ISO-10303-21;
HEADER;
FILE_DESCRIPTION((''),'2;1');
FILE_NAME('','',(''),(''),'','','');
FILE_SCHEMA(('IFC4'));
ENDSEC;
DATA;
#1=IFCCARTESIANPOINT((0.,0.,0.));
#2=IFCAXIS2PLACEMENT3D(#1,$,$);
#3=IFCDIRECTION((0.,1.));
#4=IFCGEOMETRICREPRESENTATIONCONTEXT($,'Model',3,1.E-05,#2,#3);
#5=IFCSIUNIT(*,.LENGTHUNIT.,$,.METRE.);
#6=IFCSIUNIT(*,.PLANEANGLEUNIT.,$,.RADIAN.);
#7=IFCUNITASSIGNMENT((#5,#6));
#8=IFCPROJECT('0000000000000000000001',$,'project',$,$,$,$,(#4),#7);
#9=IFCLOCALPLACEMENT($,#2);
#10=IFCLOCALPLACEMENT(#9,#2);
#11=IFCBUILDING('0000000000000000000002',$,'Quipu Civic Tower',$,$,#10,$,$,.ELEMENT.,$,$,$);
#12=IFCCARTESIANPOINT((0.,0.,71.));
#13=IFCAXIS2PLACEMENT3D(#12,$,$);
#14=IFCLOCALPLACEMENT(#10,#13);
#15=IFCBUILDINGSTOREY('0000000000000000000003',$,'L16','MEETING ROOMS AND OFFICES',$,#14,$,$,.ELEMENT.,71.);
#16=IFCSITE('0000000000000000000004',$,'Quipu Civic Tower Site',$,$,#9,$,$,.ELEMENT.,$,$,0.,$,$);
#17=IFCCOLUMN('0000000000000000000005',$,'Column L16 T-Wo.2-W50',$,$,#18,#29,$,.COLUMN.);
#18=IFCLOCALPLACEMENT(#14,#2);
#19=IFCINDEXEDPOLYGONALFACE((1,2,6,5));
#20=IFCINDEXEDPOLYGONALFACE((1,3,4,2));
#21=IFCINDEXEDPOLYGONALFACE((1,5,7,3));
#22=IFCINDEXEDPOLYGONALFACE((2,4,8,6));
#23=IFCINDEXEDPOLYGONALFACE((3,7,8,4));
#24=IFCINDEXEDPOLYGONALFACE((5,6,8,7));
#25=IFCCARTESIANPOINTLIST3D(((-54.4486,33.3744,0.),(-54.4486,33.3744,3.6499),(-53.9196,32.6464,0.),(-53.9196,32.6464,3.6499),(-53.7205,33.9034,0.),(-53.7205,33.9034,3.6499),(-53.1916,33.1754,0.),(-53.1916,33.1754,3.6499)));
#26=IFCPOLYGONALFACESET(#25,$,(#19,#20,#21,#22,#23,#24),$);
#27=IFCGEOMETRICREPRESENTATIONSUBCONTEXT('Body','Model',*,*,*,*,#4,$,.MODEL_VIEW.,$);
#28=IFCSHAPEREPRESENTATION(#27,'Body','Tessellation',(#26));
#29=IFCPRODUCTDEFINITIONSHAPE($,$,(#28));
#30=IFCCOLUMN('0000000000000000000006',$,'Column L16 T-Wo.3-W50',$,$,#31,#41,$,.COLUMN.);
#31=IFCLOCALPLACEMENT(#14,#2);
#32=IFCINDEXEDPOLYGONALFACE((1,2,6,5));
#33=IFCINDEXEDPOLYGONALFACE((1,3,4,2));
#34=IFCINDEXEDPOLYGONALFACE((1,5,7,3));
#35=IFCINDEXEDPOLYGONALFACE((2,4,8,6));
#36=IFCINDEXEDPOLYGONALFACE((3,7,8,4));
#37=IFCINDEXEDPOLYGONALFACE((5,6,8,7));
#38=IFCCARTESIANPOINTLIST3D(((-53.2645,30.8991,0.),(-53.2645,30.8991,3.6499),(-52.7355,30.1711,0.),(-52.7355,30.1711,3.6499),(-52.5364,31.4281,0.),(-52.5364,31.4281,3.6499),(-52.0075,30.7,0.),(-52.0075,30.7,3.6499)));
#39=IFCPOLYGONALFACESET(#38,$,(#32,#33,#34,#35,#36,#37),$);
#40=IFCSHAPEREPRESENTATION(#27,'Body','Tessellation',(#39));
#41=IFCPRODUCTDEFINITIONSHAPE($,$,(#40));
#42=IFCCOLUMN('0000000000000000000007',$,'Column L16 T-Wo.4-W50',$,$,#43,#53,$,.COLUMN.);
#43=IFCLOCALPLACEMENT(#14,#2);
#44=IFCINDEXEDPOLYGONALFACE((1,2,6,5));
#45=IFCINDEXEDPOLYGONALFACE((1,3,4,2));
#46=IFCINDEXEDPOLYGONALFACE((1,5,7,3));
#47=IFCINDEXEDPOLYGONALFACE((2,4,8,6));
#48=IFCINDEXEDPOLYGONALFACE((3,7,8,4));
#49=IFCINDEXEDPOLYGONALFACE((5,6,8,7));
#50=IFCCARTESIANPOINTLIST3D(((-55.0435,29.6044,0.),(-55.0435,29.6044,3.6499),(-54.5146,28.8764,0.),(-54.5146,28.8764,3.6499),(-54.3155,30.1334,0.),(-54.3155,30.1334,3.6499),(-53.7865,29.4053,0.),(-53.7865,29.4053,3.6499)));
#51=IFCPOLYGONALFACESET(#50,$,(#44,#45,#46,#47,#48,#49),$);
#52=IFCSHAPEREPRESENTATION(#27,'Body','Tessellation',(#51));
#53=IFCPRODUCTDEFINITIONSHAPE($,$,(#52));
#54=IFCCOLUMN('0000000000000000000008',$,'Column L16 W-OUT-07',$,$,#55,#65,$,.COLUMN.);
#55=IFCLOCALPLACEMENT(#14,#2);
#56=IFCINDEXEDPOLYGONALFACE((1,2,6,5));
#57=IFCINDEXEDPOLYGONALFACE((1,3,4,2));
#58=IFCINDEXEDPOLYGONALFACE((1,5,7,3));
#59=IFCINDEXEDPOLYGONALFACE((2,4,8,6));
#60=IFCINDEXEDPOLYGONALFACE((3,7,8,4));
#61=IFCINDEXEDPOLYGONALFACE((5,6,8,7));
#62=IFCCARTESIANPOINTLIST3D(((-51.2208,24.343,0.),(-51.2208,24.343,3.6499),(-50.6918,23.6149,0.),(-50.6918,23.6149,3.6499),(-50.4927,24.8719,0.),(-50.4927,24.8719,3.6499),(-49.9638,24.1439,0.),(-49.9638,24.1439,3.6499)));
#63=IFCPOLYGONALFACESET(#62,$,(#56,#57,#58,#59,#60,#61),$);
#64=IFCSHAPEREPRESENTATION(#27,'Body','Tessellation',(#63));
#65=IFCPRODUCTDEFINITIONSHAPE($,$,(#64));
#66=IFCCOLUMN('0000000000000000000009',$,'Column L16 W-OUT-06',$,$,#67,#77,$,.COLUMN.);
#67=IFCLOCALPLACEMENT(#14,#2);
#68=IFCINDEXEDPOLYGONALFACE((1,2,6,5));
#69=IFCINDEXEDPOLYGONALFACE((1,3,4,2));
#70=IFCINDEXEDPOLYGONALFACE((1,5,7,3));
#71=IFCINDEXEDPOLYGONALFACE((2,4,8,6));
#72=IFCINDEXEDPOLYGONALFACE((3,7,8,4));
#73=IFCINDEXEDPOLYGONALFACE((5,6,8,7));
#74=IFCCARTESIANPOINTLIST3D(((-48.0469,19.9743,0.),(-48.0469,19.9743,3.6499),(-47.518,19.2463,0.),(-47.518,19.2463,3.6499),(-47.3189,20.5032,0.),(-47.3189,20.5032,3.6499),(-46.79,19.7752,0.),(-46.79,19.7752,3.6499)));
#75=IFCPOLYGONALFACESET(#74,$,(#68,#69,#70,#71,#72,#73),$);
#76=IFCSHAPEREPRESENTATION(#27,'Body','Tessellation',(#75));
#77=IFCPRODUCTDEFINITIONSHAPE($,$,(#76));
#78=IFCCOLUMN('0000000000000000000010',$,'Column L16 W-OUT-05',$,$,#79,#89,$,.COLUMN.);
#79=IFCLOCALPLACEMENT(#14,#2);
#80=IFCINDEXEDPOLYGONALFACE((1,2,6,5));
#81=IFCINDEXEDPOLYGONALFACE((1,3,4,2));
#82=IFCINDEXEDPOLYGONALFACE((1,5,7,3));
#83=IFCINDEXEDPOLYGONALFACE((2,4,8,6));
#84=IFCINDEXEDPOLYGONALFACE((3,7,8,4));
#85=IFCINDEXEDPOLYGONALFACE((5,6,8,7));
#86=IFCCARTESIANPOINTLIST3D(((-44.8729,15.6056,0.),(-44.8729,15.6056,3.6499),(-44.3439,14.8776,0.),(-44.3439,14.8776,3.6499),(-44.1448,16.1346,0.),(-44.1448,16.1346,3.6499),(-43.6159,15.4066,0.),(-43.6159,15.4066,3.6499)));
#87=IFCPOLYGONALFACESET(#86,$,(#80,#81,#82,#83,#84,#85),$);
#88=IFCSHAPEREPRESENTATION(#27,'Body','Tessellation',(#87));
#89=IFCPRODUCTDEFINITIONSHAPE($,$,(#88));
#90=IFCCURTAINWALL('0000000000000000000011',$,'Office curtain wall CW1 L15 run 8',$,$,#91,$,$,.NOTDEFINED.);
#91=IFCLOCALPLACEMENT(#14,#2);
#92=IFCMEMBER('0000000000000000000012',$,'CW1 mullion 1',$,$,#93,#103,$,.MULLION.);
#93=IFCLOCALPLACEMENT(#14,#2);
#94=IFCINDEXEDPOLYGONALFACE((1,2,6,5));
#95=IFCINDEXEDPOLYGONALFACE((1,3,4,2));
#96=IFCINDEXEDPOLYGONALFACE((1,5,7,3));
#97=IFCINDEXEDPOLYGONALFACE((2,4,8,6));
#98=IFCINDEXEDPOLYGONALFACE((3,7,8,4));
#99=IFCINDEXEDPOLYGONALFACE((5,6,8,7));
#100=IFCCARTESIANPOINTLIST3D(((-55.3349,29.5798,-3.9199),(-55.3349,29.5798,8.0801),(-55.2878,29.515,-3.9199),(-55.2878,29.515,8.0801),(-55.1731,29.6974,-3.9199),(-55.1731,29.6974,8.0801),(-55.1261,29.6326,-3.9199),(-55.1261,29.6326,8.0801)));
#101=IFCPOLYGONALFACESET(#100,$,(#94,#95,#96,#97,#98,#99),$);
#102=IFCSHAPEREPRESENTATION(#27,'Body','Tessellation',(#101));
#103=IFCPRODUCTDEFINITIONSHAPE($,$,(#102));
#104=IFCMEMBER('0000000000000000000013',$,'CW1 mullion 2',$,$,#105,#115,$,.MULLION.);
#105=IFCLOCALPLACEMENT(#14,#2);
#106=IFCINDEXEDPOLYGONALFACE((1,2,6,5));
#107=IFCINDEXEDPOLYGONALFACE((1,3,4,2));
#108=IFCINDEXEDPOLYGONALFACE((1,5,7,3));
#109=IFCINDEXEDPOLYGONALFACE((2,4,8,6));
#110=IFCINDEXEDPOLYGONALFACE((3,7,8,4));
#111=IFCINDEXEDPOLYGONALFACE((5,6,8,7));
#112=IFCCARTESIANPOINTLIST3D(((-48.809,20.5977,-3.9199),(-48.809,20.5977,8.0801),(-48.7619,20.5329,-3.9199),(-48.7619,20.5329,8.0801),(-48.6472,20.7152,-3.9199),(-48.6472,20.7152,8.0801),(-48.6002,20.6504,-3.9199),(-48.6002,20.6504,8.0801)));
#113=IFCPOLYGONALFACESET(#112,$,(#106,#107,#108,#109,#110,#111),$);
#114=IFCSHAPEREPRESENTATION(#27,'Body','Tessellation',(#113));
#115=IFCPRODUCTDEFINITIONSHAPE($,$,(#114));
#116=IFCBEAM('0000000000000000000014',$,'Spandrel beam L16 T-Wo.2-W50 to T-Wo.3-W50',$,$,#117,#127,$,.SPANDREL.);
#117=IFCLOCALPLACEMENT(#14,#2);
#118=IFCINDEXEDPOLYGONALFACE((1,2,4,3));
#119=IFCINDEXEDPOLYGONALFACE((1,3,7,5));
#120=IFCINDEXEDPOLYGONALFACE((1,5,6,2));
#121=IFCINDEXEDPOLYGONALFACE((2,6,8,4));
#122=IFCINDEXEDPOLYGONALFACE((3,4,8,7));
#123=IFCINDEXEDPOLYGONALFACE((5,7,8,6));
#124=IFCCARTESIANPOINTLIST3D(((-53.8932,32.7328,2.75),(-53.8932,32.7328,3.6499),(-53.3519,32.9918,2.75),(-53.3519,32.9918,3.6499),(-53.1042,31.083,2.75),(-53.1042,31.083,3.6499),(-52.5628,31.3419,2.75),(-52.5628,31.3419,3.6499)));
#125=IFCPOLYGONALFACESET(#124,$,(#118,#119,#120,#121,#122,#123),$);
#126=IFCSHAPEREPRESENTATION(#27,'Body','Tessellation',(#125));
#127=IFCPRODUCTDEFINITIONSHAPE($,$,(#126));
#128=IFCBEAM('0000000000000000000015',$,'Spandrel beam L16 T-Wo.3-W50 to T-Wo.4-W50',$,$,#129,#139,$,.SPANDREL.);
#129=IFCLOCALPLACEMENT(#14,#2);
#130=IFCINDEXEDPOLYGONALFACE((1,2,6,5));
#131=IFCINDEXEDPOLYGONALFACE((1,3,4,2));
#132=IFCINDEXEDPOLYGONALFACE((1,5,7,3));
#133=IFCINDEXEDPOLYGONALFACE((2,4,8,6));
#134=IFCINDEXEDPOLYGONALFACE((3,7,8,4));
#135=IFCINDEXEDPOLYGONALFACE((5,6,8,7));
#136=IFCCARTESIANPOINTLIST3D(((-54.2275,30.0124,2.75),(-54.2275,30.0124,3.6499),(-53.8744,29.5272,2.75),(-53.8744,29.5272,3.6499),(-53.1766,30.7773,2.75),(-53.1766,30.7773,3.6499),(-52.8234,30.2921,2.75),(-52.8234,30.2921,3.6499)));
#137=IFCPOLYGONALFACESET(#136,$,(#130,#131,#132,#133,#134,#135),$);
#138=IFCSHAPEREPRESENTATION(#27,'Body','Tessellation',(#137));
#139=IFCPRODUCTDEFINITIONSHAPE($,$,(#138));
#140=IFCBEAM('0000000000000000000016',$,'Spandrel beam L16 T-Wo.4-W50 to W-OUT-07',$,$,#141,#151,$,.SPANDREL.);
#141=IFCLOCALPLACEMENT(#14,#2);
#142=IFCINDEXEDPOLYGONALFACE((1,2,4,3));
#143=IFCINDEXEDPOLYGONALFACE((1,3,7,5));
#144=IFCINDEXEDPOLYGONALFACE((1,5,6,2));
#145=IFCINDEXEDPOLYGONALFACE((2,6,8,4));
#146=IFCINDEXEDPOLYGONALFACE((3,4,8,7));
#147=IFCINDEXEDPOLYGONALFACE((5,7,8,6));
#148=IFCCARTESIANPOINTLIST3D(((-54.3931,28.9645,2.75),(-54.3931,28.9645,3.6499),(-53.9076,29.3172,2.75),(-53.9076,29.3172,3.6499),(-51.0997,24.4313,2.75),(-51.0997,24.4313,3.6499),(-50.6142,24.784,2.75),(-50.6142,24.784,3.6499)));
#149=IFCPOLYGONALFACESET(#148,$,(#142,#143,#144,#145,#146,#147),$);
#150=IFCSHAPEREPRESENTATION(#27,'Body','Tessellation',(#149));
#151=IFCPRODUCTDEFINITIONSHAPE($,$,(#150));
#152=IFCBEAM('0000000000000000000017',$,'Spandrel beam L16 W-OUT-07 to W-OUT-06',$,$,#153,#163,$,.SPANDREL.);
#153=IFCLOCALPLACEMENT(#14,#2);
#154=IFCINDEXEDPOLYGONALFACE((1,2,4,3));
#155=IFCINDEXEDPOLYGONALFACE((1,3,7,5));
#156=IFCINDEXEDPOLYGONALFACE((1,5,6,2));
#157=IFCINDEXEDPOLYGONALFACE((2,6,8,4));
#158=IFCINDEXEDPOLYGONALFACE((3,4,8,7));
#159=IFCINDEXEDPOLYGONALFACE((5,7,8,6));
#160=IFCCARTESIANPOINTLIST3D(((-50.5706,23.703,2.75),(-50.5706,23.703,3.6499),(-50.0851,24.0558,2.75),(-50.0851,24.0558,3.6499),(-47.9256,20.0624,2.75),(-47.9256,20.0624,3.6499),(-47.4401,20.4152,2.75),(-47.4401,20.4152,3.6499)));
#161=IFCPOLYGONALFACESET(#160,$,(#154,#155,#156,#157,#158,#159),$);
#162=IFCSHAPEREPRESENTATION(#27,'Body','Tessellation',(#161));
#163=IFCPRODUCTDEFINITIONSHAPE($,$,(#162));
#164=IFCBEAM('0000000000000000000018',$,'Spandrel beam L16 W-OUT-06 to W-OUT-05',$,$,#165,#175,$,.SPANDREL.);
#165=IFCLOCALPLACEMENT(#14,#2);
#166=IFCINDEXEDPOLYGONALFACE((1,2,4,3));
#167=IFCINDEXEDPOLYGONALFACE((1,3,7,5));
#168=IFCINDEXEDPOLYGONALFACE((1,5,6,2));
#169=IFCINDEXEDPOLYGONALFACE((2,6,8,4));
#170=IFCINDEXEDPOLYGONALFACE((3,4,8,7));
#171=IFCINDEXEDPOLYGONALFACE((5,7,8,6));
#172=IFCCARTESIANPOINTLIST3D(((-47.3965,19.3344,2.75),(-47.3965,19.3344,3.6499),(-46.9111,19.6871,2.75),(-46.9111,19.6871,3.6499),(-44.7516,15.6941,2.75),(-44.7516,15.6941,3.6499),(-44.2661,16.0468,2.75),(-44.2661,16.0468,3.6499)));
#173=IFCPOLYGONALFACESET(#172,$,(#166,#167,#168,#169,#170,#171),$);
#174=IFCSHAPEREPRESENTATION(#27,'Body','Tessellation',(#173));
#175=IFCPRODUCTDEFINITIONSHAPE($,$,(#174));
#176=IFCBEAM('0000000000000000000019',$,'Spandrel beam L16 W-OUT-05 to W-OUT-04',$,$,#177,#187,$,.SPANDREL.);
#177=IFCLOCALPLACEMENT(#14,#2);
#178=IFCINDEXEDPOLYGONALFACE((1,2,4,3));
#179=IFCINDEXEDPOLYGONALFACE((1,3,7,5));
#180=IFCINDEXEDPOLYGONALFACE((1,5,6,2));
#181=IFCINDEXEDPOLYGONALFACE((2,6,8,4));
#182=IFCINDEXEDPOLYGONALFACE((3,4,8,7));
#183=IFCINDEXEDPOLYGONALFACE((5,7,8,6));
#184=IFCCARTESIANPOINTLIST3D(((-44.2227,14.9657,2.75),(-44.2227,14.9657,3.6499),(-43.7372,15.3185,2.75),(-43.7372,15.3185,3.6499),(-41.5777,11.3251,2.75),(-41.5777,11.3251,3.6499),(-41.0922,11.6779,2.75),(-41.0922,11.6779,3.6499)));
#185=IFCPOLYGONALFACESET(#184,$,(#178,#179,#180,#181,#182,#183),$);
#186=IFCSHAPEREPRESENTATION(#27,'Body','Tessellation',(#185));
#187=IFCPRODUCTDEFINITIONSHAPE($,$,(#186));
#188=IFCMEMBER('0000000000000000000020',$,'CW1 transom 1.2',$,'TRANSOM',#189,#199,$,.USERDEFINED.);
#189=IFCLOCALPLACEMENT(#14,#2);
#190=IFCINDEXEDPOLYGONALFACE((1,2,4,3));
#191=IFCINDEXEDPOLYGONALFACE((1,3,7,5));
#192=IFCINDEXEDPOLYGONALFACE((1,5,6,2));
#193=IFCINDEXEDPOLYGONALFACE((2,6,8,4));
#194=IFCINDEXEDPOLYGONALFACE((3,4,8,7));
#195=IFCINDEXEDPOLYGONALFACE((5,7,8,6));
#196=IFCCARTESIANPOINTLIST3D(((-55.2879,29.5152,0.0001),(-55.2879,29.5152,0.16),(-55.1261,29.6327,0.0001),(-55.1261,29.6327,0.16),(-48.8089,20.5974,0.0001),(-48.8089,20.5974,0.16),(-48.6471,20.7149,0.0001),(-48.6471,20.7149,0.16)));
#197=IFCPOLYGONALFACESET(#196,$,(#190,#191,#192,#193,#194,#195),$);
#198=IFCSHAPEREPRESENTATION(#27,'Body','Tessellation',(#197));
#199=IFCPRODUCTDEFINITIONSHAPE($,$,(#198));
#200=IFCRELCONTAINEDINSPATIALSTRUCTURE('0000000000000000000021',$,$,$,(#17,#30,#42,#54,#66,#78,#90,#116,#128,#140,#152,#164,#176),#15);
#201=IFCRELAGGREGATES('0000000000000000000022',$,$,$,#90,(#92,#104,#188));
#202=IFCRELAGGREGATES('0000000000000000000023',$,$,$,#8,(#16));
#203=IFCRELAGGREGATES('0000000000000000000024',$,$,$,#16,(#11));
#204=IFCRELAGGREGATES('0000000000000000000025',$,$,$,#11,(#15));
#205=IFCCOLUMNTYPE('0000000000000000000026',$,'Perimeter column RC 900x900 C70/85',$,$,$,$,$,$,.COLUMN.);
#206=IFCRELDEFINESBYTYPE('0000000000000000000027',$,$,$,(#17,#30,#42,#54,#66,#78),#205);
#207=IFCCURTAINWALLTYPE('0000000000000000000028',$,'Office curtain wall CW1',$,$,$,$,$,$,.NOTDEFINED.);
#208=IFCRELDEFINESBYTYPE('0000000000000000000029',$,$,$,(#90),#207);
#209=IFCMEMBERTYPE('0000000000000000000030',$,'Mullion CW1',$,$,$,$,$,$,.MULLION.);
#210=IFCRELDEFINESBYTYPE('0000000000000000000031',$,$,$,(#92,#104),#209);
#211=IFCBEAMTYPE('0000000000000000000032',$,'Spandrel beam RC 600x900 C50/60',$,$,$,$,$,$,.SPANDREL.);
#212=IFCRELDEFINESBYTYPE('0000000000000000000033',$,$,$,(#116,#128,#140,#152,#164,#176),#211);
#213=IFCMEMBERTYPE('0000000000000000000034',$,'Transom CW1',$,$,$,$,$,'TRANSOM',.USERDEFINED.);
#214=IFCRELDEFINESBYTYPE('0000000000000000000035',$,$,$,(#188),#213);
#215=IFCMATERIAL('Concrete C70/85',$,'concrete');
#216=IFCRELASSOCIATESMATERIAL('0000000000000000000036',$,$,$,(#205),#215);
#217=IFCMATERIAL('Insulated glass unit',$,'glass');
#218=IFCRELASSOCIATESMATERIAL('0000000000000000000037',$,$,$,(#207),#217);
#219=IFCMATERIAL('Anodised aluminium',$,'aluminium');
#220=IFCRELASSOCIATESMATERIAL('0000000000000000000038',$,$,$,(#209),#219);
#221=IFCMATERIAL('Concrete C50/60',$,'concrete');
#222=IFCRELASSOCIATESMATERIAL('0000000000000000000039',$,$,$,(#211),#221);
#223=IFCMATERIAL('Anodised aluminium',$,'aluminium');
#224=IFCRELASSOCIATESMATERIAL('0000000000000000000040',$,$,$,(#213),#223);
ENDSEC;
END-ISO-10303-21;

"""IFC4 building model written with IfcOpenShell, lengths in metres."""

from ifc_helpers import new_model, si_unit, direction, frame, origin, origin_2d, place, context, subcontext, project, spatial, rectangle, extrude, material, material_profile, profile_set, type_object, element, aggregate, save


model = new_model("IFC4")

# Units and contexts
model_context = context("Model", 3, precision=1e-05, world=origin(), true_north=direction((0.0, 1.0)))
body_context = subcontext(model_context, "Body", "Model", "MODEL_VIEW")
ifc_project = project(units=[si_unit("LENGTHUNIT", "METRE"), si_unit("PLANEANGLEUNIT", "RADIAN")], contexts=[model_context])

# Site, building, storey
site_placement = place(None, origin())
site = spatial("IfcSite", under=ifc_project, at=site_placement, Name="Quipu Civic Tower Site", CompositionType="ELEMENT", RefElevation=0.0)
building_placement = place(site_placement, origin())
building = spatial("IfcBuilding", under=site, at=building_placement, Name="Quipu Civic Tower", CompositionType="ELEMENT")
storey_placement = place(building_placement, frame((0.0, 0.0, 71.0)))
storey = spatial("IfcBuildingStorey", under=building, at=storey_placement, Name="L16", Description="MEETING ROOMS AND OFFICES", CompositionType="ELEMENT", Elevation=71.0)

# Columns
ifc_material_1 = material(Name="Concrete C70/85", Category="concrete")
ifc_material_profile_1 = material_profile(ifc_material_1, rectangle(XDim=0.8999, YDim=0.8999, at=origin_2d()), Name="RC900x900")
ifc_profile_set_1 = profile_set([ifc_material_profile_1], Name="Concrete C70/85")
column_type = type_object("IfcColumnType", Name="Perimeter column RC 900x900 C70/85", PredefinedType="COLUMN", material=ifc_profile_set_1)
for number, where, z_axis, x_axis, name in (
    (1, (-53.8201, 33.2749, 0.0), (0.0, 0.0, 1.0), (0.587785, -0.809017, 0.0), "Column L16 T-Wo.2-W50"),
    (2, (-52.636, 30.7996, 0.0), (0.0, 0.0, 1.0), (-0.809017, -0.587785, 0.0), "Column L16 T-Wo.3-W50"),
    (3, (-54.415, 29.5049, 0.0), (0.0, 0.0, 1.0), (0.587785, -0.809017, 0.0), "Column L16 T-Wo.4-W50"),
    (4, (-50.5923, 24.2434, 0.0), (0.0, 0.0, 1.0), (0.587785, -0.809017, 0.0), "Column L16 W-OUT-07"),
    (5, (-47.4185, 19.8748, 0.0), (0.0, 0.0, 1.0), (0.587785, -0.809017, 0.0), "Column L16 W-OUT-06"),
    (6, (-44.2444, 15.5061, 0.0), (0.0, 0.0, 1.0), (0.587785, -0.809017, 0.0), "Column L16 W-OUT-05"),
):
    element("IfcColumn", number, at=place(storey_placement, frame(where, z_axis=z_axis, x_axis=x_axis)), inside=storey, type_object=column_type, Name=name, PredefinedType="COLUMN", context=body_context, shape_type="SweptSolid", body=[
        extrude(rectangle(XDim=0.8999, YDim=0.8999, at=origin_2d()), origin(), (0.0, 0.0, 1.0), 3.6499),
    ])

# Curtain wall, members
ifc_material_2 = material(Name="Insulated glass unit", Category="glass")
curtain_wall_type = type_object("IfcCurtainWallType", Name="Office curtain wall CW1", PredefinedType="NOTDEFINED", material=ifc_material_2)
curtain_wall_placement = place(storey_placement, origin())
curtain_wall = element("IfcCurtainWall", 7, at=curtain_wall_placement, inside=storey, type_object=curtain_wall_type, Name="Office curtain wall CW1 L15 run 8", PredefinedType="NOTDEFINED")
ifc_material_3 = material(Name="Anodised aluminium", Category="aluminium")
ifc_material_profile_2 = material_profile(ifc_material_3, rectangle(XDim=0.2, YDim=0.0801, at=origin_2d()), Name="RECT 200x80")
ifc_profile_set_2 = profile_set([ifc_material_profile_2], Name="Anodised aluminium")
member_type_1 = type_object("IfcMemberType", Name="Mullion CW1", PredefinedType="MULLION", material=ifc_profile_set_2)
member_1_placement = place(storey_placement, frame((-55.2305, 29.6062, -3.9199), z_axis=(0.0, 0.0, 1.0), x_axis=(0.809017, 0.587786, 0.0)))
member_1 = element("IfcMember", 8, at=member_1_placement, type_object=member_type_1, Name="CW1 mullion 1", PredefinedType="MULLION", context=body_context, shape_type="SweptSolid", body=[
    extrude(rectangle(XDim=0.2, YDim=0.0801, at=origin_2d()), origin(), (0.0, 0.0, 1.0), 12.0),
])
member_2_placement = place(storey_placement, frame((-48.7046, 20.624, -3.9199), z_axis=(0.0, 0.0, 1.0), x_axis=(0.809017, 0.587786, 0.0)))
member_2 = element("IfcMember", 9, at=member_2_placement, type_object=member_type_1, Name="CW1 mullion 2", PredefinedType="MULLION", context=body_context, shape_type="SweptSolid", body=[
    extrude(rectangle(XDim=0.2, YDim=0.0801, at=origin_2d()), origin(), (0.0, 0.0, 1.0), 12.0),
])

# Beams
ifc_material_4 = material(Name="Concrete C50/60", Category="concrete")
ifc_material_profile_3 = material_profile(ifc_material_4, rectangle(XDim=0.6001, YDim=0.8999, at=origin_2d()), Name="RC600x900")
ifc_profile_set_3 = profile_set([ifc_material_profile_3], Name="Concrete C50/60")
beam_type = type_object("IfcBeamType", Name="Spandrel beam RC 600x900 C50/60", PredefinedType="SPANDREL", material=ifc_profile_set_3)
beam_1_placement = place(storey_placement, frame((-53.6226, 32.8623, 3.2), z_axis=(0.431446, -0.902139, 0.0), x_axis=(0.902139, 0.431446, 0.0)))
element("IfcBeam", 10, at=beam_1_placement, inside=storey, type_object=beam_type, Name="Spandrel beam L16 T-Wo.2-W50 to T-Wo.3-W50", PredefinedType="SPANDREL", context=body_context, shape_type="SweptSolid", body=[
    extrude(rectangle(XDim=0.6001, YDim=0.8999, at=origin_2d()), origin(), (0.0, 0.0, 1.0), 1.8289),
])
beam_2_placement = place(storey_placement, frame((-53.0, 30.5347, 3.2), z_axis=(-0.808549, -0.588429, 0.0), x_axis=(0.588429, -0.808549, 0.0)))
element("IfcBeam", 11, at=beam_2_placement, inside=storey, type_object=beam_type, Name="Spandrel beam L16 T-Wo.3-W50 to T-Wo.4-W50", PredefinedType="SPANDREL", context=body_context, shape_type="SweptSolid", body=[
    extrude(rectangle(XDim=0.6001, YDim=0.8999, at=origin_2d()), origin(), (0.0, 0.0, 1.0), 1.2998),
])
beam_3_placement = place(storey_placement, frame((-54.1504, 29.1409, 3.2), z_axis=(0.587773, -0.809026, 0.0), x_axis=(0.809026, 0.587773, 0.0)))
element("IfcBeam", 12, at=beam_3_placement, inside=storey, type_object=beam_type, Name="Spandrel beam L16 T-Wo.4-W50 to W-OUT-07", PredefinedType="SPANDREL", context=body_context, shape_type="SweptSolid", body=[
    extrude(rectangle(XDim=0.6001, YDim=0.8999, at=origin_2d()), origin(), (0.0, 0.0, 1.0), 5.6033),
])
beam_4_placement = place(storey_placement, frame((-50.3279, 23.8794, 3.2), z_axis=(0.587778, -0.809022, 0.0), x_axis=(0.809022, 0.587778, 0.0)))
element("IfcBeam", 13, at=beam_4_placement, inside=storey, type_object=beam_type, Name="Spandrel beam L16 W-OUT-07 to W-OUT-06", PredefinedType="SPANDREL", context=body_context, shape_type="SweptSolid", body=[
    extrude(rectangle(XDim=0.6001, YDim=0.8999, at=origin_2d()), origin(), (0.0, 0.0, 1.0), 4.5),
])
beam_5_placement = place(storey_placement, frame((-47.1538, 19.5107, 3.2), z_axis=(0.587804, -0.809003, 0.0), x_axis=(0.809003, 0.587804, 0.0)))
element("IfcBeam", 14, at=beam_5_placement, inside=storey, type_object=beam_type, Name="Spandrel beam L16 W-OUT-06 to W-OUT-05", PredefinedType="SPANDREL", context=body_context, shape_type="SweptSolid", body=[
    extrude(rectangle(XDim=0.6001, YDim=0.8999, at=origin_2d()), origin(), (0.0, 0.0, 1.0), 4.4998),
])
beam_6_placement = place(storey_placement, frame((-43.98, 15.1421, 3.2), z_axis=(0.587778, -0.809022, 0.0), x_axis=(0.809022, 0.587778, 0.0)))
element("IfcBeam", 15, at=beam_6_placement, inside=storey, type_object=beam_type, Name="Spandrel beam L16 W-OUT-05 to W-OUT-04", PredefinedType="SPANDREL", context=body_context, shape_type="SweptSolid", body=[
    extrude(rectangle(XDim=0.6001, YDim=0.8999, at=origin_2d()), origin(), (0.0, 0.0, 1.0), 4.5),
])

# Member
ifc_material_5 = material(Name="Anodised aluminium", Category="aluminium")
ifc_material_profile_4 = material_profile(ifc_material_5, rectangle(XDim=0.2, YDim=0.1599, at=origin_2d()), Name="RECT 200x160")
ifc_profile_set_4 = profile_set([ifc_material_profile_4], Name="Anodised aluminium")
member_type_2 = type_object("IfcMemberType", Name="Transom CW1", ElementType="TRANSOM", PredefinedType="USERDEFINED", material=ifc_profile_set_4)
member_3_placement = place(storey_placement, frame((-55.207, 29.574, 0.0801), z_axis=(0.587779, -0.809021, 0.0), x_axis=(0.809021, 0.587779, 0.0)))
member_3 = element("IfcMember", 16, at=member_3_placement, type_object=member_type_2, Name="CW1 transom 1.2", ObjectType="TRANSOM", PredefinedType="USERDEFINED", context=body_context, shape_type="SweptSolid", body=[
    extrude(rectangle(XDim=0.2, YDim=0.1599, at=origin_2d()), origin(), (0.0, 0.0, 1.0), 11.0229),
])

aggregate(curtain_wall, [member_1, member_2, member_3])

save(model, "model.ifc")
